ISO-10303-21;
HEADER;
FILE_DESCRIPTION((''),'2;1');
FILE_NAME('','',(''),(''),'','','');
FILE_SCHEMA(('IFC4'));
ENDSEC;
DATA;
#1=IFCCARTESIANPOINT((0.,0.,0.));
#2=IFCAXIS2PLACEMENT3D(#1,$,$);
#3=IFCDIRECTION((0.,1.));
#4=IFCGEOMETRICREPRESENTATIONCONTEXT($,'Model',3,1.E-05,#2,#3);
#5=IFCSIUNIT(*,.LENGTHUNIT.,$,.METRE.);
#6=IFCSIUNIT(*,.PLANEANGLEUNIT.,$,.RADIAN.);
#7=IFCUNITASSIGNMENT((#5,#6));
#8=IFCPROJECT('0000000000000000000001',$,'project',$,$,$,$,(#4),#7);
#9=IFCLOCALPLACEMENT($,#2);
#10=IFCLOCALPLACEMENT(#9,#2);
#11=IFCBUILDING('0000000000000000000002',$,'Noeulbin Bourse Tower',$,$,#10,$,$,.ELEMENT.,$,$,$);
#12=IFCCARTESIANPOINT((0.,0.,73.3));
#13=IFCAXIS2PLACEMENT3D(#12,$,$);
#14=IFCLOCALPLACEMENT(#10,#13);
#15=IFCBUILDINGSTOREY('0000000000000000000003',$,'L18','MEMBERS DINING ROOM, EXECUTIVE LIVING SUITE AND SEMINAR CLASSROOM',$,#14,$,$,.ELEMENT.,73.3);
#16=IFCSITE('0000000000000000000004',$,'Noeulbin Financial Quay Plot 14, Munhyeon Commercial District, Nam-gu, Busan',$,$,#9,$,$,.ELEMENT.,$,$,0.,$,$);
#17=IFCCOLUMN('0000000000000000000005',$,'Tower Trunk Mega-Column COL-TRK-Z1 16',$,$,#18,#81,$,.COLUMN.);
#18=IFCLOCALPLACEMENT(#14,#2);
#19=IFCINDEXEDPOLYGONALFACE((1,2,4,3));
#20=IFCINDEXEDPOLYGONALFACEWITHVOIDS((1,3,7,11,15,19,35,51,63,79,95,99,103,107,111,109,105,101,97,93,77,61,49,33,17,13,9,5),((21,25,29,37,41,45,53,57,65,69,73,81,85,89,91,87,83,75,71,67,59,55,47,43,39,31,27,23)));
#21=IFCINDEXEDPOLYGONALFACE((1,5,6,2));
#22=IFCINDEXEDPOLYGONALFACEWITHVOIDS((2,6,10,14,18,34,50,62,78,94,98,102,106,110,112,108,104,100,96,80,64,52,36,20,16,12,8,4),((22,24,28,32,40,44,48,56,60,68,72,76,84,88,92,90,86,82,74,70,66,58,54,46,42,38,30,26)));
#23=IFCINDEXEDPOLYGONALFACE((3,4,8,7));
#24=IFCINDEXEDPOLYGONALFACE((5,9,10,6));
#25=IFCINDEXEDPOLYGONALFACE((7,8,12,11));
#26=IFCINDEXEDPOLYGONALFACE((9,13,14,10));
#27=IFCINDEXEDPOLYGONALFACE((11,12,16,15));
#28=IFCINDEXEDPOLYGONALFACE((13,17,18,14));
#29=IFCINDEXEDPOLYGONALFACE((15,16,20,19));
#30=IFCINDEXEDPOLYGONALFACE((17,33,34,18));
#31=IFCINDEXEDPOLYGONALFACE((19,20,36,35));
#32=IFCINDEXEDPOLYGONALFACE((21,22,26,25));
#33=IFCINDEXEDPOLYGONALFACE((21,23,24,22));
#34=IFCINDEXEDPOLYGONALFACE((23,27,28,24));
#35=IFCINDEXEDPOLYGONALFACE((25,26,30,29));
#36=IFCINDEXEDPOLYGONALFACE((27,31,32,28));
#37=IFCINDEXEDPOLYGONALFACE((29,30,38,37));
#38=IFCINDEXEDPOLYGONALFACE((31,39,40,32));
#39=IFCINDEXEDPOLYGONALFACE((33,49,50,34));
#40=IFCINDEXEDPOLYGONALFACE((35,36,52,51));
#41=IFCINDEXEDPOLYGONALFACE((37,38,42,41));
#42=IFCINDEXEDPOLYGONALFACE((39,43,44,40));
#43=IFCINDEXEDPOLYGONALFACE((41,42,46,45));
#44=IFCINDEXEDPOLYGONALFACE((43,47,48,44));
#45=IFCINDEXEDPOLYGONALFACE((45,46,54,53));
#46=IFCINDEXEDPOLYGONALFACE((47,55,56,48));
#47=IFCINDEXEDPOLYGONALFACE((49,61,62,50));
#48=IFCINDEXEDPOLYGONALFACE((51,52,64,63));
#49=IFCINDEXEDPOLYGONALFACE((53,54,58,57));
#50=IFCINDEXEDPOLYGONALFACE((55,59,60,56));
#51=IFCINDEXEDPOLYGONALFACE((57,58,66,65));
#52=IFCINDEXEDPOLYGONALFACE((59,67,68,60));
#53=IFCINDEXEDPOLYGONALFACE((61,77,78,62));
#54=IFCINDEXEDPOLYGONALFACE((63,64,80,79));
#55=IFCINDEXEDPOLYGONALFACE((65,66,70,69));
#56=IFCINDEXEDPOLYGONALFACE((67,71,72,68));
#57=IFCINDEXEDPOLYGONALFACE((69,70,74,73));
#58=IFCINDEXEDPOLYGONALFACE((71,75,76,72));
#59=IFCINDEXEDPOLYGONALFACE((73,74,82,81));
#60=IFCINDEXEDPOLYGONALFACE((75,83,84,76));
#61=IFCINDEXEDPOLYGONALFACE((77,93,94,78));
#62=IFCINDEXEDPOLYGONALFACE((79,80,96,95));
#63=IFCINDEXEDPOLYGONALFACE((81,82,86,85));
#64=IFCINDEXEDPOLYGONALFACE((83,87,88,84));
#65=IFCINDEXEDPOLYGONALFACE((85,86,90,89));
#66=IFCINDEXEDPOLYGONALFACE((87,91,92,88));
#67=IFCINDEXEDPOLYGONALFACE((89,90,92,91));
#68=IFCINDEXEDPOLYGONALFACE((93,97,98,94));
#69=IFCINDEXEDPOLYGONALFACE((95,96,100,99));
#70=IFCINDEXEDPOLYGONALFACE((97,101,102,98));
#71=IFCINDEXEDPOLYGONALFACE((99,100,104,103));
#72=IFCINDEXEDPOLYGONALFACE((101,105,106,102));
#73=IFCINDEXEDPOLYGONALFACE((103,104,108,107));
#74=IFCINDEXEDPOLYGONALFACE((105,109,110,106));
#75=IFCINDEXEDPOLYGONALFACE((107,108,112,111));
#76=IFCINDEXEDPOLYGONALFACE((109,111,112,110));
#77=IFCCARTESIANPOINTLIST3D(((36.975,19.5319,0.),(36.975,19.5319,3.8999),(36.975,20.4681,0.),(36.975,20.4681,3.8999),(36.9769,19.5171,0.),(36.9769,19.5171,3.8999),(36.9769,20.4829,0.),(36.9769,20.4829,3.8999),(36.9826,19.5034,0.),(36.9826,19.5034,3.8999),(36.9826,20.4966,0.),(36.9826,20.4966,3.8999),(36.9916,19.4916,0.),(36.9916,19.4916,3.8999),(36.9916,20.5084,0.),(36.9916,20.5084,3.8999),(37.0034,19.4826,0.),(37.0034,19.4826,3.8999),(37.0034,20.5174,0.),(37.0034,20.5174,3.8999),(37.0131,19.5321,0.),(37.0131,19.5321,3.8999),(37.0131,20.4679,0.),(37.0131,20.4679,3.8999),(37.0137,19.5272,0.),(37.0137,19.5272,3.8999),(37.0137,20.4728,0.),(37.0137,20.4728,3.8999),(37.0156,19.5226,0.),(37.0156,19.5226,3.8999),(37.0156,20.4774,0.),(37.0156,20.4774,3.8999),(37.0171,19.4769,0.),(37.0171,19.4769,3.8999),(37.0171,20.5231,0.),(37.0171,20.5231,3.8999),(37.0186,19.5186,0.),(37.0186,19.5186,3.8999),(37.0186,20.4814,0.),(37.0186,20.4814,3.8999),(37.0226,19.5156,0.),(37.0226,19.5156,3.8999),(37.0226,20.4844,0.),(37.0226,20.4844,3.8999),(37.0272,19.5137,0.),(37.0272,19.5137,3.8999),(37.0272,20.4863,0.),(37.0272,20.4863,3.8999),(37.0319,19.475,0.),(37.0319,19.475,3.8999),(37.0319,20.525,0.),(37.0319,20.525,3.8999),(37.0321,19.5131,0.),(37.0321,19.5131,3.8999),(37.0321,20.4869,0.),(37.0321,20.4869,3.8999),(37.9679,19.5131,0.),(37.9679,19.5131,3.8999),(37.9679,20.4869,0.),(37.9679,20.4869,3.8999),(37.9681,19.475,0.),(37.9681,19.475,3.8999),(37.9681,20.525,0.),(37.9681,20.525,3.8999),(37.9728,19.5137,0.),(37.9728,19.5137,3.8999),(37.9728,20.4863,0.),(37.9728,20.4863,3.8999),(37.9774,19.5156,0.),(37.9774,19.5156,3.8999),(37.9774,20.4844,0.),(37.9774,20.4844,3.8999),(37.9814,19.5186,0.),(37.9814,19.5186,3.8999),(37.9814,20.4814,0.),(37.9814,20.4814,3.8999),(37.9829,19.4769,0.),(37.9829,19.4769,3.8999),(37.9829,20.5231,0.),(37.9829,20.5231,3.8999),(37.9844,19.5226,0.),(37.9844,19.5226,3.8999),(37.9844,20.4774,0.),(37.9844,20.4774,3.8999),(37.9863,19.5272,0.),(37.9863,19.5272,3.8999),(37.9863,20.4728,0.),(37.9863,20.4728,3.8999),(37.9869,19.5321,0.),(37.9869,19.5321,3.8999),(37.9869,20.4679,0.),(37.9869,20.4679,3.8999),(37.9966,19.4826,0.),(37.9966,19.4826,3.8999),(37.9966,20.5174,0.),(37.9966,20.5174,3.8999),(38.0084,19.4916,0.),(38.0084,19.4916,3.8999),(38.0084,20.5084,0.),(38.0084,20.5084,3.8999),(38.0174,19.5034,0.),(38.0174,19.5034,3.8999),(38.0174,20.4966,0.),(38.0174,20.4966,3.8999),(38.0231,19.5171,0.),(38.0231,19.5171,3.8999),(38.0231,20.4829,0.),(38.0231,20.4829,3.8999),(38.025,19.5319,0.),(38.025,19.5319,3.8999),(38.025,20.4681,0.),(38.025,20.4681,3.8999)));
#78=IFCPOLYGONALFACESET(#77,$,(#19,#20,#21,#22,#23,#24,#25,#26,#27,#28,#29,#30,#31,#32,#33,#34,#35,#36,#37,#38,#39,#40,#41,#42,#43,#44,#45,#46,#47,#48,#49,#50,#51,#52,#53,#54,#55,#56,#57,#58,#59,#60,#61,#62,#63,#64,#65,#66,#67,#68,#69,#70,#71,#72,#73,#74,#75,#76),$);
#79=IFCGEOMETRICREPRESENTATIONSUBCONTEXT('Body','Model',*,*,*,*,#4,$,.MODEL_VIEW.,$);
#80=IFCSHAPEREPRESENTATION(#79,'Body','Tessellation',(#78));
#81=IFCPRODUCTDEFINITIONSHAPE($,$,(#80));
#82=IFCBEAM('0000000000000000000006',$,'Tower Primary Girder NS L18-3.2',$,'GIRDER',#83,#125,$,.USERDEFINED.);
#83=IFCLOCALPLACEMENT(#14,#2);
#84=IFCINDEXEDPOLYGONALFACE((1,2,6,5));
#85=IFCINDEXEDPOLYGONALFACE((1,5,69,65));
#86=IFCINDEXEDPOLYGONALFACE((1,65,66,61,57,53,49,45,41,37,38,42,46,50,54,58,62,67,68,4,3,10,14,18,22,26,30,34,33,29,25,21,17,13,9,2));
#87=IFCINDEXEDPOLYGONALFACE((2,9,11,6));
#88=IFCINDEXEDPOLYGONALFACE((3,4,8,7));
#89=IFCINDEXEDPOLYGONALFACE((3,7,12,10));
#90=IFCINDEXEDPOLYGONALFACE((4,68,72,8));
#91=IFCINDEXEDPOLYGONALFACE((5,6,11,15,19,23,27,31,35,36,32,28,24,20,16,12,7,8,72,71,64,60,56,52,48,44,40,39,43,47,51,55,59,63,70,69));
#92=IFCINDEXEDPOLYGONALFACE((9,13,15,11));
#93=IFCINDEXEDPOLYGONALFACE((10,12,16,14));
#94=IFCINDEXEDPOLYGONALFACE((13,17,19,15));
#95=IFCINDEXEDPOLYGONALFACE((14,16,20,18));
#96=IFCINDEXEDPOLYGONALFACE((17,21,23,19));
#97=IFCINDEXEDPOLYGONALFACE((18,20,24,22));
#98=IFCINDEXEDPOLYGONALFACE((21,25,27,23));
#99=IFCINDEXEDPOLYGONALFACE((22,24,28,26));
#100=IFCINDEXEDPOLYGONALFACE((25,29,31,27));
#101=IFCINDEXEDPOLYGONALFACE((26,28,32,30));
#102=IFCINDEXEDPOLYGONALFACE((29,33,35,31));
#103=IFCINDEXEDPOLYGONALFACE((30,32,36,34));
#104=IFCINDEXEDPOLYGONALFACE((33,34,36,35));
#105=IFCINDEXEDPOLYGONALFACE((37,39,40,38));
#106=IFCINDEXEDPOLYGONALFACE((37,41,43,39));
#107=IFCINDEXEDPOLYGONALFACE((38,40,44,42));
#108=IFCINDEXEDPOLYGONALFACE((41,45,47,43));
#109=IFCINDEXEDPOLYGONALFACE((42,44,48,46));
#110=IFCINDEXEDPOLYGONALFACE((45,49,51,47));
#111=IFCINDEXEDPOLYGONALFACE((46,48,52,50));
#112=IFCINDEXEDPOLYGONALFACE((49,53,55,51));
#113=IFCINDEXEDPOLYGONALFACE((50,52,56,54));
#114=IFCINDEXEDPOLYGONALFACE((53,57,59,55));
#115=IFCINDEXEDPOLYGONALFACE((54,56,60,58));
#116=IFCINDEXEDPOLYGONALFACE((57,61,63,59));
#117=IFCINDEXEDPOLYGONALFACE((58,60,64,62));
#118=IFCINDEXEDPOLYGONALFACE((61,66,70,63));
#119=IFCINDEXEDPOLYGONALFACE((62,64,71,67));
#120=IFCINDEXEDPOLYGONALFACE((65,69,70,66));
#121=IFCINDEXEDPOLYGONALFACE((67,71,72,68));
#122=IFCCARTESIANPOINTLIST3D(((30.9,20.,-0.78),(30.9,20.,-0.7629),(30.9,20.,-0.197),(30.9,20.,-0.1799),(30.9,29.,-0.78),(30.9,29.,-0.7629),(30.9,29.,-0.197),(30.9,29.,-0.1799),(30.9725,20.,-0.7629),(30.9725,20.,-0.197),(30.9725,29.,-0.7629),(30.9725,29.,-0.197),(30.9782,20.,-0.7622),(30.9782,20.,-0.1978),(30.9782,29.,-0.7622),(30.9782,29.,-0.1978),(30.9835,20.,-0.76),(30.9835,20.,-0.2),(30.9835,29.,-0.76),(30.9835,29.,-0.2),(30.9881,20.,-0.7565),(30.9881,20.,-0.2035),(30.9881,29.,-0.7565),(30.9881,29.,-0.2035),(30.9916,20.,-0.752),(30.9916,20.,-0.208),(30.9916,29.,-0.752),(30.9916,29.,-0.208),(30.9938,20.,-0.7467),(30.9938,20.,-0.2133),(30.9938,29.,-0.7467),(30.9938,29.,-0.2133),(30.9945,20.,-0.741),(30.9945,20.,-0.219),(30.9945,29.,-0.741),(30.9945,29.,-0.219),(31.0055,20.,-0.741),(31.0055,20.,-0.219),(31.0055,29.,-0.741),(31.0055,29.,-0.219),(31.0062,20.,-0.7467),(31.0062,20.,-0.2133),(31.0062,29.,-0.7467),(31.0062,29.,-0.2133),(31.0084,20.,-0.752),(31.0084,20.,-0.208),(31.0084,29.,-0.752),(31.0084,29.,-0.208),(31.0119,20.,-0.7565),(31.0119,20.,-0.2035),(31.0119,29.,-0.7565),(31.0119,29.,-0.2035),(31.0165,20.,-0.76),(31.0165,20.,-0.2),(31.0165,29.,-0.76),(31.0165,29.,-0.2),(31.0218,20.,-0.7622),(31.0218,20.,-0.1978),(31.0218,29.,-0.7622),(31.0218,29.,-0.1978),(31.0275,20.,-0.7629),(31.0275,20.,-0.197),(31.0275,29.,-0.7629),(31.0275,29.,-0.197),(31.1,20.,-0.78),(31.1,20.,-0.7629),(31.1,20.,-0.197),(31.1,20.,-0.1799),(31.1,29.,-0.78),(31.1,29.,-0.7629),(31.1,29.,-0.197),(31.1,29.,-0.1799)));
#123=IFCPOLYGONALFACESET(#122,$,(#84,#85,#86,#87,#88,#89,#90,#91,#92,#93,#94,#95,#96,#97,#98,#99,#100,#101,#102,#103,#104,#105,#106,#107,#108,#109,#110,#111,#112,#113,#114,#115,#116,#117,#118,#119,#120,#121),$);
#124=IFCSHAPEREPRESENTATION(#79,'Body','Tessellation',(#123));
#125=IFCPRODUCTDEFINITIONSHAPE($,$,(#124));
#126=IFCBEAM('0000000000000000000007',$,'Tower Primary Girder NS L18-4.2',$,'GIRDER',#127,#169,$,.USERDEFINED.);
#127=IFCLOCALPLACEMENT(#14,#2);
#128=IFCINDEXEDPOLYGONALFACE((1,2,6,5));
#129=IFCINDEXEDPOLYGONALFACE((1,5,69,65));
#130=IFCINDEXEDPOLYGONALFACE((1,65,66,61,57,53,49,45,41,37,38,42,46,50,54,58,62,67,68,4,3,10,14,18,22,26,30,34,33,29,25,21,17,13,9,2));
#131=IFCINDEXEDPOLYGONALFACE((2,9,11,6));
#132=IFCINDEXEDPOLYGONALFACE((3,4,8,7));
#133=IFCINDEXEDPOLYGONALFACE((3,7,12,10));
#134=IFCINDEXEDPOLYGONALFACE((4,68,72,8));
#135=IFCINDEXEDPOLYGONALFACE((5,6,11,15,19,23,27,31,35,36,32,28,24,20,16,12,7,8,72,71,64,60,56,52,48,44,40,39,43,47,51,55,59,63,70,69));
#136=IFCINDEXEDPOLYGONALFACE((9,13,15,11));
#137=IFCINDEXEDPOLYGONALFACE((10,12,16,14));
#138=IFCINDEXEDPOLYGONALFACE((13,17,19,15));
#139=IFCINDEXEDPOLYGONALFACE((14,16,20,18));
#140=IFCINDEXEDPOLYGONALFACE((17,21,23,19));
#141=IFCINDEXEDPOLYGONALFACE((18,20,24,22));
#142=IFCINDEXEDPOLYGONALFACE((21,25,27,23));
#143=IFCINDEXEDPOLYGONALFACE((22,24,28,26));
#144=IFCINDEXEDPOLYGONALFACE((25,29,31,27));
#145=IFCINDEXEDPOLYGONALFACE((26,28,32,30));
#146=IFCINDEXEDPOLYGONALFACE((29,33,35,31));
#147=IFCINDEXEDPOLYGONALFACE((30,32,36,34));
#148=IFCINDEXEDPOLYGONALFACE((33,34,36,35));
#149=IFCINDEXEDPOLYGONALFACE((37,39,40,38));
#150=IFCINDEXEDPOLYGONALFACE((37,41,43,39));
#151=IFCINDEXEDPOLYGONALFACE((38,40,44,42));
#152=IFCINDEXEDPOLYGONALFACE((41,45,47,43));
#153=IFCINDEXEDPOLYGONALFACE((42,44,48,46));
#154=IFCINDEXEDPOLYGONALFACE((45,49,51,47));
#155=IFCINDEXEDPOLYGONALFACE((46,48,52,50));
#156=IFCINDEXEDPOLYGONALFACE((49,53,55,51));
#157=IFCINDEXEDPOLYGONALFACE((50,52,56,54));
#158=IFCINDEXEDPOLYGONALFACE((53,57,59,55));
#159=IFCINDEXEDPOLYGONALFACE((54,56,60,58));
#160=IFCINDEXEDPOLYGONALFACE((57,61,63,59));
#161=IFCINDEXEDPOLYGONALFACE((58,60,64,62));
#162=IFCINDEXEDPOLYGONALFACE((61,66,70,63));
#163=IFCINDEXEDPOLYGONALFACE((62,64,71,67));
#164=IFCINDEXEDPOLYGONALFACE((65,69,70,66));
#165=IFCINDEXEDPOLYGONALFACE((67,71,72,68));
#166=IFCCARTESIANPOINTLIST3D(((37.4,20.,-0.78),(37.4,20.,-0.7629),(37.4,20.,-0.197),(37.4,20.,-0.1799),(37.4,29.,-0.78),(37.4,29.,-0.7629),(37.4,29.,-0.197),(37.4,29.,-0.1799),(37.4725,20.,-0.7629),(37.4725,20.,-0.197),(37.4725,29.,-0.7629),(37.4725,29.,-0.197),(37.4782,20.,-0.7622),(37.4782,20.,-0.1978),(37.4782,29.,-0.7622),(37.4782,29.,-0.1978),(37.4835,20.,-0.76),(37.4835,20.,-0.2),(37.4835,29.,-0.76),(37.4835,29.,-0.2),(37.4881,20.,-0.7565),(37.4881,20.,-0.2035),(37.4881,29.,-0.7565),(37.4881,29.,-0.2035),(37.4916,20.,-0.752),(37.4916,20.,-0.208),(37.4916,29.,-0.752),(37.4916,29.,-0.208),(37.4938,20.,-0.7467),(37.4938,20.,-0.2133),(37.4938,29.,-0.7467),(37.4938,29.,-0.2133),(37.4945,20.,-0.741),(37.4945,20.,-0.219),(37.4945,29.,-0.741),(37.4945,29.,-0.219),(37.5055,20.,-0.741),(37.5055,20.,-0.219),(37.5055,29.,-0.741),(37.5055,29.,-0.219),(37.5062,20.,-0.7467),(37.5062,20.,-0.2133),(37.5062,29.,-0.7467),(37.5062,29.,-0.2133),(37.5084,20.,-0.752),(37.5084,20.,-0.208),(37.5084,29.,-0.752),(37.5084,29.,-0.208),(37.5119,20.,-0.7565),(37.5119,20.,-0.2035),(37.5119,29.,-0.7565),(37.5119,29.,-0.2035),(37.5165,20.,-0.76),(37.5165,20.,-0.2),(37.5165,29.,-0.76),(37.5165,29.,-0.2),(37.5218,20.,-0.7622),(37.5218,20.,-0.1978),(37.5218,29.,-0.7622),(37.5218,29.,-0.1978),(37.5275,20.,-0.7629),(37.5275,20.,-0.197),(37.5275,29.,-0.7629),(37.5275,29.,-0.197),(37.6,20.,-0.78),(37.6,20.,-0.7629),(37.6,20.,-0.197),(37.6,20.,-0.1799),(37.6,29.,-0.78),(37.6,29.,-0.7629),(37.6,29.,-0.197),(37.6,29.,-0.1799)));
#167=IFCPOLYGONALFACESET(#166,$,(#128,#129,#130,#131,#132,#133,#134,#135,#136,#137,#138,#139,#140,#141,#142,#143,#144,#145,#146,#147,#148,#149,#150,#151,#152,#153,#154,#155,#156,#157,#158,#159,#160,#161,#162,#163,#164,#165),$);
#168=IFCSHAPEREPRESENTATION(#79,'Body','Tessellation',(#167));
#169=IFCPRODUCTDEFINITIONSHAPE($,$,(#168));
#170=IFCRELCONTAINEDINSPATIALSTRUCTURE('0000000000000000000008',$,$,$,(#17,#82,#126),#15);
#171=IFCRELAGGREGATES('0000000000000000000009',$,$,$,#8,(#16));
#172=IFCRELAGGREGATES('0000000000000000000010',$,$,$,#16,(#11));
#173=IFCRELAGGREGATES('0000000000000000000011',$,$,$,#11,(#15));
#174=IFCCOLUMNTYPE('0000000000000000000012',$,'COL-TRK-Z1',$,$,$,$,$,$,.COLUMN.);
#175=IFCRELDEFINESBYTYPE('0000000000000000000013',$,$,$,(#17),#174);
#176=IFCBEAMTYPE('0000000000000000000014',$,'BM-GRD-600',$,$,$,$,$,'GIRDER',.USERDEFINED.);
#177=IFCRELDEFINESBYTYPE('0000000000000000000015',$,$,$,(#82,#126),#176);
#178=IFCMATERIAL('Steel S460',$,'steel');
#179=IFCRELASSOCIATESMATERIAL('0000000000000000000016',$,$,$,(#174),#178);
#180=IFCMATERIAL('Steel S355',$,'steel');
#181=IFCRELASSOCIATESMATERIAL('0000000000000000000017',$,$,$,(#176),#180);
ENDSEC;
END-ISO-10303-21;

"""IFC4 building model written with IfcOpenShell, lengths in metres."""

from ifc_helpers import new_model, si_unit, direction, frame, origin, origin_2d, place, context, subcontext, project, spatial, hollow_rectangle, i_section, extrude, material, material_profile, profile_set, type_object, element, save


model = new_model("IFC4")

# Units and contexts
model_context = context("Model", 3, precision=1e-05, world=origin(), true_north=direction((0.0, 1.0)))
body_context = subcontext(model_context, "Body", "Model", "MODEL_VIEW")
ifc_project = project(units=[si_unit("LENGTHUNIT", "METRE"), si_unit("PLANEANGLEUNIT", "RADIAN")], contexts=[model_context])

# Site, building, storey
site_placement = place(None, origin())
site = spatial("IfcSite", under=ifc_project, at=site_placement, Name="Noeulbin Financial Quay Plot 14, Munhyeon Commercial District, Nam-gu, Busan", CompositionType="ELEMENT", RefElevation=0.0)
building_placement = place(site_placement, origin())
building = spatial("IfcBuilding", under=site, at=building_placement, Name="Noeulbin Bourse Tower", CompositionType="ELEMENT")
storey_placement = place(building_placement, frame((0.0, 0.0, 73.3)))
storey = spatial("IfcBuildingStorey", under=building, at=storey_placement, Name="L18", Description="MEMBERS DINING ROOM, EXECUTIVE LIVING SUITE AND SEMINAR CLASSROOM", CompositionType="ELEMENT", Elevation=73.3)

# Column
ifc_material_1 = material(Name="Steel S460", Category="steel")
ifc_material_profile_1 = material_profile(ifc_material_1, hollow_rectangle(XDim=1.05, YDim=1.05, WallThickness=0.0381, InnerFilletRadius=0.019, OuterFilletRadius=0.0569, at=origin_2d()), Name="BOX-1050x1050x38", Category="LoadBearing")
ifc_profile_set_1 = profile_set([ifc_material_profile_1], Name="Steel S460")
column_type = type_object("IfcColumnType", Name="COL-TRK-Z1", PredefinedType="COLUMN", material=ifc_profile_set_1)
for number, where, z_axis, x_axis, name in (
    (1, (37.5, 20.0, 0.0), (0.0, 0.0, 1.0), (1.0, 0.0, 0.0), "Tower Trunk Mega-Column COL-TRK-Z1 16"),
):
    element("IfcColumn", number, at=place(storey_placement, frame(where, z_axis=z_axis, x_axis=x_axis)), inside=storey, type_object=column_type, Name=name, PredefinedType="COLUMN", context=body_context, shape_type="SweptSolid", body=[
        extrude(hollow_rectangle(XDim=1.05, YDim=1.05, WallThickness=0.0381, InnerFilletRadius=0.019, OuterFilletRadius=0.0569, at=origin_2d()), origin(), (0.0, 0.0, 1.0), 3.8999),
    ])

# Beams
ifc_material_2 = material(Name="Steel S355", Category="steel")
ifc_material_profile_2 = material_profile(ifc_material_2, i_section(OverallWidth=0.2, OverallDepth=0.6001, WebThickness=0.011, FlangeThickness=0.0171, FilletRadius=0.022, at=origin_2d()), Name="H-600x200x11x17", Category="LoadBearing")
ifc_profile_set_2 = profile_set([ifc_material_profile_2], Name="Steel S355")
beam_type_1 = type_object("IfcBeamType", Name="BM-GRD-600", ElementType="GIRDER", PredefinedType="USERDEFINED", material=ifc_profile_set_2)
for number, where, z_axis, x_axis, name in (
    (2, (31.0, 20.0, -0.48), (0.0, 1.0, 0.0), (-1.0, 0.0, 0.0), "Tower Primary Girder NS L18-3.2"),
    (3, (37.5, 20.0, -0.48), (0.0, 1.0, 0.0), (-1.0, 0.0, 0.0), "Tower Primary Girder NS L18-4.2"),
):
    element("IfcBeam", number, at=place(storey_placement, frame(where, z_axis=z_axis, x_axis=x_axis)), inside=storey, type_object=beam_type_1, Name=name, ObjectType="GIRDER", PredefinedType="USERDEFINED", context=body_context, shape_type="SweptSolid", body=[
        extrude(i_section(OverallWidth=0.2, OverallDepth=0.6001, WebThickness=0.011, FlangeThickness=0.0171, FilletRadius=0.022, at=origin_2d()), origin(), (0.0, 0.0, 1.0), 9.0),
    ])

save(model, "model.ifc")
